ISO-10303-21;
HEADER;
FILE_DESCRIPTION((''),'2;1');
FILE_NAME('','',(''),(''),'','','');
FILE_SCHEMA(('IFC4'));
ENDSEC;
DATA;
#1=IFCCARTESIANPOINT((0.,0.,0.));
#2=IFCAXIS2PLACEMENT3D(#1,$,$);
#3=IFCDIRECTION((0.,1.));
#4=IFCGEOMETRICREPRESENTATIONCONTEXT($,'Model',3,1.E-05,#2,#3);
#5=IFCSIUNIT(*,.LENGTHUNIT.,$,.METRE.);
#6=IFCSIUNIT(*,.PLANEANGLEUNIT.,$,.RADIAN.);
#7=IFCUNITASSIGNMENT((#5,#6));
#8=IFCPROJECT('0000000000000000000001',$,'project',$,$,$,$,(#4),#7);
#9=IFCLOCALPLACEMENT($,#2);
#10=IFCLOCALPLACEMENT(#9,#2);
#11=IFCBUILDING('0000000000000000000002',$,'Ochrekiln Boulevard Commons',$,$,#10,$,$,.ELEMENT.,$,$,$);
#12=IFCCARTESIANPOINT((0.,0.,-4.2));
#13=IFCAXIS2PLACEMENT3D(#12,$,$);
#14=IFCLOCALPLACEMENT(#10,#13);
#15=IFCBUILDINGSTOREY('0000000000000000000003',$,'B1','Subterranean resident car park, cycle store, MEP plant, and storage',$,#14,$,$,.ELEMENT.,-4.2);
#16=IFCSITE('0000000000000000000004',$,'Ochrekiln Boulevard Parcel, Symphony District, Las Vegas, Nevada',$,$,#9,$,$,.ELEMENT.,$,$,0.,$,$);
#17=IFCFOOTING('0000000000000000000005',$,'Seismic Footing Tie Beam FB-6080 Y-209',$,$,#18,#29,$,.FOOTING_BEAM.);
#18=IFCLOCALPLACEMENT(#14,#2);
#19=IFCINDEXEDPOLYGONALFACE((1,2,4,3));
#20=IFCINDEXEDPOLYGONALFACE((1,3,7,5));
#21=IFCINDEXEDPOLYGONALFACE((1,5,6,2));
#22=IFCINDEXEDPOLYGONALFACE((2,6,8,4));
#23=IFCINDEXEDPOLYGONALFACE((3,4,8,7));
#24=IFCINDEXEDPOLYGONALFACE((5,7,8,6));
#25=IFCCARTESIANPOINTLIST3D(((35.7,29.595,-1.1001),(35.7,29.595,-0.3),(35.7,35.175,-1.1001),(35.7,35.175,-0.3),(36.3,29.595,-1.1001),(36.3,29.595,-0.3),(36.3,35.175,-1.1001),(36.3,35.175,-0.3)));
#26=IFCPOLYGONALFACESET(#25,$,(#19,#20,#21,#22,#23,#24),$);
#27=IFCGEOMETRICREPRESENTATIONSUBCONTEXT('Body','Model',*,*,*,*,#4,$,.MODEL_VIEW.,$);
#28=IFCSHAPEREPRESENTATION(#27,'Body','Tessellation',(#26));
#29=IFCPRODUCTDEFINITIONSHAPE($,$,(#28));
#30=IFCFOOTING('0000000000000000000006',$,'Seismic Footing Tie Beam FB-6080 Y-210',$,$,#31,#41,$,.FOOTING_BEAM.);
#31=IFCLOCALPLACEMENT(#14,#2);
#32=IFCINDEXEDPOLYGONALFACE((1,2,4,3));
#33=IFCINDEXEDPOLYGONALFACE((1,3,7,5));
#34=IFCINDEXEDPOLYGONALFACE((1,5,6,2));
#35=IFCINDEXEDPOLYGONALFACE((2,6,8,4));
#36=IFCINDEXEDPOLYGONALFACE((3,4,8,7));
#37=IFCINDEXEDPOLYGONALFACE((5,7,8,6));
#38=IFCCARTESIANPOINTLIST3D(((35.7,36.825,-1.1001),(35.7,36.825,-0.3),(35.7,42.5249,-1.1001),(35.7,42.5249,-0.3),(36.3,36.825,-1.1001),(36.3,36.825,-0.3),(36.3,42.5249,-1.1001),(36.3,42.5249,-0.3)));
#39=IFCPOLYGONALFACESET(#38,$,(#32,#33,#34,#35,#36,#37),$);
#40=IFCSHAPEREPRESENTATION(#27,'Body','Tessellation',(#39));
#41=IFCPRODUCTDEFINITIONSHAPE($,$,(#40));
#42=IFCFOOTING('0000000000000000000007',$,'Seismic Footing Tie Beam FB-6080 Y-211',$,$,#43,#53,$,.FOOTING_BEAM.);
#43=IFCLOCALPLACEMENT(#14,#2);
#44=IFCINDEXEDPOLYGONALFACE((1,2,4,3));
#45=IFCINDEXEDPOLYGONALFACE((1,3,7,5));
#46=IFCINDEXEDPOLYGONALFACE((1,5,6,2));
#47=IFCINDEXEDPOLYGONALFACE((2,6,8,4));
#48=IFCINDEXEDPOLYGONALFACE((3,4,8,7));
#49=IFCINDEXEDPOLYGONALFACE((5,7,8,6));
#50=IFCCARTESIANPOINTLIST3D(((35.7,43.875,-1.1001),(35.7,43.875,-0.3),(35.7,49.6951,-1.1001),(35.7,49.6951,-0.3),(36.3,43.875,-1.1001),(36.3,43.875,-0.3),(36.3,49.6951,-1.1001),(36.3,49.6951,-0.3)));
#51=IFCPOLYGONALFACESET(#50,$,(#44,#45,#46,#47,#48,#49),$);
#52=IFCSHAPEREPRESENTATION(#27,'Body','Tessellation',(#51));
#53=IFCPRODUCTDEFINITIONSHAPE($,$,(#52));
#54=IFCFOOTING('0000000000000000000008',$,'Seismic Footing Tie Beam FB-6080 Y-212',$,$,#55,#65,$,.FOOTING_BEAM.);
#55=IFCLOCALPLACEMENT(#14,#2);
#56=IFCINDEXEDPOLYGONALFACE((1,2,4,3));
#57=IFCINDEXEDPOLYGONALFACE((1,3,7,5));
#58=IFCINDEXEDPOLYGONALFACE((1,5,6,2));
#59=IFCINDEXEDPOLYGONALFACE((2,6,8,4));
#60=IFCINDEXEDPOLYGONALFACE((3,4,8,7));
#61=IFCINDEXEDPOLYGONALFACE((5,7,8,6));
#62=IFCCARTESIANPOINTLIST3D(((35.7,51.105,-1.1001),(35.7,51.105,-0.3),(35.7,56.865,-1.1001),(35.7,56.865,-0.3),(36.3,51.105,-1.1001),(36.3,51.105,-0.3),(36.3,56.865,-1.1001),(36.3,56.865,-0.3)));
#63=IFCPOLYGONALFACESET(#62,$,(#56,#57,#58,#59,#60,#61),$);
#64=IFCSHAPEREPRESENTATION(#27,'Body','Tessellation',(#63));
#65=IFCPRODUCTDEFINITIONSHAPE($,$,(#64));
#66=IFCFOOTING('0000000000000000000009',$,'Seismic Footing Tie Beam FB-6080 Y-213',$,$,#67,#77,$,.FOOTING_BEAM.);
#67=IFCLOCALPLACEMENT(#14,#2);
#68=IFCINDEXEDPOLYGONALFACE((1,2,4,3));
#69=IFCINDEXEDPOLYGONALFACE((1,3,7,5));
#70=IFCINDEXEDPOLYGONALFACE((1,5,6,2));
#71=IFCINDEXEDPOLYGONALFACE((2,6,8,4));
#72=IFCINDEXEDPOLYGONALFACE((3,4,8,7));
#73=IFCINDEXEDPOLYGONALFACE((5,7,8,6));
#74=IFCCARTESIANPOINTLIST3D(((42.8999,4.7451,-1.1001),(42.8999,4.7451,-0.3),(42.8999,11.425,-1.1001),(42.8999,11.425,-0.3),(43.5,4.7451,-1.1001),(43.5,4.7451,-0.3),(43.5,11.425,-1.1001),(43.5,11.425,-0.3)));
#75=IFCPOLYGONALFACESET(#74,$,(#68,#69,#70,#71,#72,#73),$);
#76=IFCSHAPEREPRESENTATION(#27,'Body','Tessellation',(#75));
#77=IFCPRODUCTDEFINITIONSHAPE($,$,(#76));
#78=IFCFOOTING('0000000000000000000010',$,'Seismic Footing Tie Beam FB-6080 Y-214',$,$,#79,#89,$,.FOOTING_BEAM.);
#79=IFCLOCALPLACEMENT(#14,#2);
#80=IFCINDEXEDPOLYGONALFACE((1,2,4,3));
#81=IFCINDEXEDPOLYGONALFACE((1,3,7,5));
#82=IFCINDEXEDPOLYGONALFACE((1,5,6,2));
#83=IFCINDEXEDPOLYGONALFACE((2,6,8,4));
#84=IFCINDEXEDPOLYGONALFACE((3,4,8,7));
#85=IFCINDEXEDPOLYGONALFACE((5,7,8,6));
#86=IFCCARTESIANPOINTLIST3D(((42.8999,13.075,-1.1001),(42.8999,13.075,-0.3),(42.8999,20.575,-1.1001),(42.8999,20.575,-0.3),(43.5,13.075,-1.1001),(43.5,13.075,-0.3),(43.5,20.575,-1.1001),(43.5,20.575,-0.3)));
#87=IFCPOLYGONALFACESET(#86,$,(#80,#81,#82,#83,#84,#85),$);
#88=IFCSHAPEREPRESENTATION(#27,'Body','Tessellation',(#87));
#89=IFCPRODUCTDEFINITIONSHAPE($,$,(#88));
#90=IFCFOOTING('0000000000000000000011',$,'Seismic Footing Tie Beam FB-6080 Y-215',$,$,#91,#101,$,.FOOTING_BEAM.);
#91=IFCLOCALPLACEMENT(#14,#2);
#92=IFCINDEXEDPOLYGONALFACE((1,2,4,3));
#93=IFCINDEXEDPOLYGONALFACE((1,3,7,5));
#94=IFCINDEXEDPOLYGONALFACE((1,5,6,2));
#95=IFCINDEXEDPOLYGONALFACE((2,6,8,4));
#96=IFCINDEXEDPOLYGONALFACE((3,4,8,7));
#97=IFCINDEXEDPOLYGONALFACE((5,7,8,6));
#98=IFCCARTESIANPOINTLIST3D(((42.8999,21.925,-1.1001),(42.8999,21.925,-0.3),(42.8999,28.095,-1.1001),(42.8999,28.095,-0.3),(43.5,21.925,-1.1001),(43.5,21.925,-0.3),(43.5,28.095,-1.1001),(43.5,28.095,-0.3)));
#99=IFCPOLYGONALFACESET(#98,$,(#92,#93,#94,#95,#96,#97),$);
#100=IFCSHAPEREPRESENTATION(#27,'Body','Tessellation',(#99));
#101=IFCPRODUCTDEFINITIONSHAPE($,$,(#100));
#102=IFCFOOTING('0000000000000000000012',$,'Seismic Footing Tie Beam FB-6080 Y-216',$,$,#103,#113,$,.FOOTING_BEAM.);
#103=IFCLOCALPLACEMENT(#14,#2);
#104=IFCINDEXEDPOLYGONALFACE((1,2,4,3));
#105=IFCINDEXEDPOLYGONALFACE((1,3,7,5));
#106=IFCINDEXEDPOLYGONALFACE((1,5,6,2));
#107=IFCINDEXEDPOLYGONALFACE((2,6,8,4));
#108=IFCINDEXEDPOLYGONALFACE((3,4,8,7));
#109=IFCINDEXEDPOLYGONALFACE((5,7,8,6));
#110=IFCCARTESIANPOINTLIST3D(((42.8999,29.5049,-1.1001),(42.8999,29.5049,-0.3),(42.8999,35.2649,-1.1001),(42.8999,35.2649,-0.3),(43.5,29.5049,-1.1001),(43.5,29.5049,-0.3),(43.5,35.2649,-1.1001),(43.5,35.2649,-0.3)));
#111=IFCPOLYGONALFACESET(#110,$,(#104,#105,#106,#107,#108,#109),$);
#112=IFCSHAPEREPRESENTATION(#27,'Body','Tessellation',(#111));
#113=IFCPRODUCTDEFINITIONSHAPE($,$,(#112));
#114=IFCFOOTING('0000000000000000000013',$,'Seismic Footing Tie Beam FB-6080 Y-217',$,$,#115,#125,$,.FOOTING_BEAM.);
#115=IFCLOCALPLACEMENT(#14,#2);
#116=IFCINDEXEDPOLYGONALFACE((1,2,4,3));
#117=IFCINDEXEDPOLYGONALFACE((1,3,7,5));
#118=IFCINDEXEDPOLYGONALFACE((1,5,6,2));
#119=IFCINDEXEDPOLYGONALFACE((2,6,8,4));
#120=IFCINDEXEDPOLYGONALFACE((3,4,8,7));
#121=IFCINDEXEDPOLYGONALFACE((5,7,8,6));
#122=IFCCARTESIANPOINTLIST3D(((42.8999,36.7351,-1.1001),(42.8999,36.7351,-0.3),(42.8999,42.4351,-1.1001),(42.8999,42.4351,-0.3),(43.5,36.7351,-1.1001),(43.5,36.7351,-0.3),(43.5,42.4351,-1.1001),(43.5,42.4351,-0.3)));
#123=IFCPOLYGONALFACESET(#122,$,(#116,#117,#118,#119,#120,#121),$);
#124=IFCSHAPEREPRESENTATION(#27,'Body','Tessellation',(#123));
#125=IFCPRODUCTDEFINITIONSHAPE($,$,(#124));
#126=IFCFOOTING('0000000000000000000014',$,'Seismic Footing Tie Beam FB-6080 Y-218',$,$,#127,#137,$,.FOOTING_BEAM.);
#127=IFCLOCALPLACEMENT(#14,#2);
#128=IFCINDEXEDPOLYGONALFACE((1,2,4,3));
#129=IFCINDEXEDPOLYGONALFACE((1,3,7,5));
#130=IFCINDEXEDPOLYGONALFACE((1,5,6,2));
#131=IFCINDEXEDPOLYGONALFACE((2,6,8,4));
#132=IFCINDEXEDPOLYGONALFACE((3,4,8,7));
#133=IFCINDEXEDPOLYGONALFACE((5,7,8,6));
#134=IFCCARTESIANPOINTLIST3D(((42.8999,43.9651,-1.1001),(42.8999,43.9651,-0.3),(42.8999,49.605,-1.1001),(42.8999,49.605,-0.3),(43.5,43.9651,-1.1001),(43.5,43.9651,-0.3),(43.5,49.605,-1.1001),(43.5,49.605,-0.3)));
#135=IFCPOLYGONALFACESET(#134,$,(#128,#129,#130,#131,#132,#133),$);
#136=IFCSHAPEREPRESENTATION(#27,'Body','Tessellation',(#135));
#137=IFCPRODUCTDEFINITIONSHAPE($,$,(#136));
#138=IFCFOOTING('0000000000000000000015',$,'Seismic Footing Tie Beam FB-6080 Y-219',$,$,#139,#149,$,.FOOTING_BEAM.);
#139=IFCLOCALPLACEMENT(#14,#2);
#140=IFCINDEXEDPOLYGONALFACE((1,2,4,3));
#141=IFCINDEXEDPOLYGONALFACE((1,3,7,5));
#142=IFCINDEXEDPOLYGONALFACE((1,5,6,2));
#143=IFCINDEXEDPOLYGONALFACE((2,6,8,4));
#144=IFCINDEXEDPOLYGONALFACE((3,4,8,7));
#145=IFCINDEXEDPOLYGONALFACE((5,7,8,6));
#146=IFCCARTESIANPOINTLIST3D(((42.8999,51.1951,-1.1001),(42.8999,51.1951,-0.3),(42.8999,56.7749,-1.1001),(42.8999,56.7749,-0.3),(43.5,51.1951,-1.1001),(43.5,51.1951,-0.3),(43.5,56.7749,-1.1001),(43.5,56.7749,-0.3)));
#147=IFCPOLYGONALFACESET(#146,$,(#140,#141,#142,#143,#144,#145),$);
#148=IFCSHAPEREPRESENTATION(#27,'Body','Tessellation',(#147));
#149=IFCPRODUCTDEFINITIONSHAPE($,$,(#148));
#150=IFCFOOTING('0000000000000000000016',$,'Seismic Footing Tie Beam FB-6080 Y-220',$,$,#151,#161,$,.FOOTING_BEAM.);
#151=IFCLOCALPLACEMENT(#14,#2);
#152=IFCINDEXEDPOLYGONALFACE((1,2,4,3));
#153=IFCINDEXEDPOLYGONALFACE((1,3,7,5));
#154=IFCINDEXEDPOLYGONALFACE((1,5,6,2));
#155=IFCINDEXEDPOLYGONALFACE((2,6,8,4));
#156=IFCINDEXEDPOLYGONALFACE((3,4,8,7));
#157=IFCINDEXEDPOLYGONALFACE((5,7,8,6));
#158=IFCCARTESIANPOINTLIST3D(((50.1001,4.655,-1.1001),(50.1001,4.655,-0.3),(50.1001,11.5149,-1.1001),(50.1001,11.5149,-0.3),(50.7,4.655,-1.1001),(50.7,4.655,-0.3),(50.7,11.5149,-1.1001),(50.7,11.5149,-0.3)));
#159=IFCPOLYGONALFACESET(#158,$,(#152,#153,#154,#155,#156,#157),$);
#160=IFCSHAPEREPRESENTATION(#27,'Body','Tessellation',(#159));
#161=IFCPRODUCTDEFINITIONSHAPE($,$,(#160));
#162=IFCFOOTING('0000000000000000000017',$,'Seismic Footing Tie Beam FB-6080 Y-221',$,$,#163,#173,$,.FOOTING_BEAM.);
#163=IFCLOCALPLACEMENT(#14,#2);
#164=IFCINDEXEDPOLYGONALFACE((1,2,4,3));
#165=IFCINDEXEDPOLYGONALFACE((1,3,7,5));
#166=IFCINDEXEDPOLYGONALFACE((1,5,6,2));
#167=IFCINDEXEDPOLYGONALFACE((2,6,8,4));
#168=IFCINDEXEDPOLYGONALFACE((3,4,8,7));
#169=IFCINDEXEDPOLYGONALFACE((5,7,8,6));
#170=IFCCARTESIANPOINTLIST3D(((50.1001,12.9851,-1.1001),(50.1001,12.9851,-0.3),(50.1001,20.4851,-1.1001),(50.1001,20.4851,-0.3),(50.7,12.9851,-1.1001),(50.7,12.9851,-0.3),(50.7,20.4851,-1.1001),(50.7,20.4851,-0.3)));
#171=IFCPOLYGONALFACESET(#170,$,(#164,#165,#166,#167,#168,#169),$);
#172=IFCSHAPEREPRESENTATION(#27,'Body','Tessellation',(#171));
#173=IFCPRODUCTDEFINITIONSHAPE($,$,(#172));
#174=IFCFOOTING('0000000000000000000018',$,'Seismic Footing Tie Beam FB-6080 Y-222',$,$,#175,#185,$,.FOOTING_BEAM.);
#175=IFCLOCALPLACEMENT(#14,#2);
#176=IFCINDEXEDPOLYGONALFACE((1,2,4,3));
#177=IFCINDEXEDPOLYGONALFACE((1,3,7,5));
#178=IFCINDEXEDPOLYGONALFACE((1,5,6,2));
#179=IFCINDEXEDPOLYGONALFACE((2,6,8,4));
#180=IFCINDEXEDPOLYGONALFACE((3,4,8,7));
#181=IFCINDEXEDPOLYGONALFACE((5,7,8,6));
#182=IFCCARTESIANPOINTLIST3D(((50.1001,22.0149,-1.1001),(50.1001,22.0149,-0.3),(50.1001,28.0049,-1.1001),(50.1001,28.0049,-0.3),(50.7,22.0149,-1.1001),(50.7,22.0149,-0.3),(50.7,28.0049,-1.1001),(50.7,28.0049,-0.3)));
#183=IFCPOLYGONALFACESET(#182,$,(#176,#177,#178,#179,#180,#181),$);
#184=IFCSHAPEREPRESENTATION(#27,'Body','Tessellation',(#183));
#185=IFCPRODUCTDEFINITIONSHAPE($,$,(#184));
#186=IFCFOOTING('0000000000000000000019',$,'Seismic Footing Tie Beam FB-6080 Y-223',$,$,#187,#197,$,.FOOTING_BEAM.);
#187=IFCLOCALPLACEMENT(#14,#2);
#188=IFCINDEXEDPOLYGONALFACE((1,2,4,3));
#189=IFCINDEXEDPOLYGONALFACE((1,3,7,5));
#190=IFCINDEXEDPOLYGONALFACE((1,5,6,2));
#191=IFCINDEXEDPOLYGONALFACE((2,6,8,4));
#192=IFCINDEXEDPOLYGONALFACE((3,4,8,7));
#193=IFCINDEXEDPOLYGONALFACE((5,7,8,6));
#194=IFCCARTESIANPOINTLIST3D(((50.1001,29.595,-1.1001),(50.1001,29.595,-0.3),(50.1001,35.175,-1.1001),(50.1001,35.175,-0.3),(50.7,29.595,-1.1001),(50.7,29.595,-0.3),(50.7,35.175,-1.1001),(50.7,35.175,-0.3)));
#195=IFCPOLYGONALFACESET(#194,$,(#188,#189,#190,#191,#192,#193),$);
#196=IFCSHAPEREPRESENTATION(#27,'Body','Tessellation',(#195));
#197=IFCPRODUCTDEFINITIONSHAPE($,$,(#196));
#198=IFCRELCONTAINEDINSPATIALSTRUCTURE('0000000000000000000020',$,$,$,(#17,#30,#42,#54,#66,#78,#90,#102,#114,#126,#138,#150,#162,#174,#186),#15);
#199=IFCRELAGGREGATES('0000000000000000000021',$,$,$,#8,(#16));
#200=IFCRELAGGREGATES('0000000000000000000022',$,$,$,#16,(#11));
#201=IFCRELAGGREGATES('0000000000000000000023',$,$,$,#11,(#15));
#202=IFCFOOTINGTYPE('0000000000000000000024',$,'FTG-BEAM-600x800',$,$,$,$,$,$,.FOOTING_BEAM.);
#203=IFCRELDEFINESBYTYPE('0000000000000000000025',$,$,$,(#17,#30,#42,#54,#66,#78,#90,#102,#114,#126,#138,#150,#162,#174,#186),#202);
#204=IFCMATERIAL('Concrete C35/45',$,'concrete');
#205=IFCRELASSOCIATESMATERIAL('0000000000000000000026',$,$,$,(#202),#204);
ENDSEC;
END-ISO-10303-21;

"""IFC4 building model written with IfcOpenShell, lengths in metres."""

from ifc_helpers import new_model, si_unit, direction, frame, origin, place, context, subcontext, project, spatial, polyline, outline, extrude, material, type_object, element, save


model = new_model("IFC4")

# Units and contexts
model_context = context("Model", 3, precision=1e-05, world=origin(), true_north=direction((0.0, 1.0)))
body_context = subcontext(model_context, "Body", "Model", "MODEL_VIEW")
ifc_project = project(units=[si_unit("LENGTHUNIT", "METRE"), si_unit("PLANEANGLEUNIT", "RADIAN")], contexts=[model_context])

# Site, building, storey
site_placement = place(None, origin())
site = spatial("IfcSite", under=ifc_project, at=site_placement, Name="Ochrekiln Boulevard Parcel, Symphony District, Las Vegas, Nevada", CompositionType="ELEMENT", RefElevation=0.0)
building_placement = place(site_placement, origin())
building = spatial("IfcBuilding", under=site, at=building_placement, Name="Ochrekiln Boulevard Commons", CompositionType="ELEMENT")
storey_placement = place(building_placement, frame((0.0, 0.0, -4.2)))
storey = spatial("IfcBuildingStorey", under=building, at=storey_placement, Name="B1", Description="Subterranean resident car park, cycle store, MEP plant, and storage", CompositionType="ELEMENT", Elevation=-4.2)

# Footings
ifc_material = material(Name="Concrete C35/45", Category="concrete")
footing_type = type_object("IfcFootingType", Name="FTG-BEAM-600x800", PredefinedType="FOOTING_BEAM", material=ifc_material)
footing_1_placement = place(storey_placement, frame((0.0, 0.0, -1.1001)))
element("IfcFooting", 1, at=footing_1_placement, inside=storey, type_object=footing_type, Name="Seismic Footing Tie Beam FB-6080 Y-209", PredefinedType="FOOTING_BEAM", context=body_context, shape_type="SweptSolid", body=[
    extrude(outline(polyline([(35.7, 29.595), (36.3, 29.595), (36.3, 35.175), (35.7, 35.175), (35.7, 29.595)])), origin(), (0.0, 0.0, 1.0), 0.8),
])
footing_2_placement = place(storey_placement, frame((0.0, 0.0, -1.1001)))
element("IfcFooting", 2, at=footing_2_placement, inside=storey, type_object=footing_type, Name="Seismic Footing Tie Beam FB-6080 Y-210", PredefinedType="FOOTING_BEAM", context=body_context, shape_type="SweptSolid", body=[
    extrude(outline(polyline([(35.7, 36.825), (36.3, 36.825), (36.3, 42.5249), (35.7, 42.5249), (35.7, 36.825)])), origin(), (0.0, 0.0, 1.0), 0.8),
])
footing_3_placement = place(storey_placement, frame((0.0, 0.0, -1.1001)))
element("IfcFooting", 3, at=footing_3_placement, inside=storey, type_object=footing_type, Name="Seismic Footing Tie Beam FB-6080 Y-211", PredefinedType="FOOTING_BEAM", context=body_context, shape_type="SweptSolid", body=[
    extrude(outline(polyline([(35.7, 43.875), (36.3, 43.875), (36.3, 49.6951), (35.7, 49.6951), (35.7, 43.875)])), origin(), (0.0, 0.0, 1.0), 0.8),
])
footing_4_placement = place(storey_placement, frame((0.0, 0.0, -1.1001)))
element("IfcFooting", 4, at=footing_4_placement, inside=storey, type_object=footing_type, Name="Seismic Footing Tie Beam FB-6080 Y-212", PredefinedType="FOOTING_BEAM", context=body_context, shape_type="SweptSolid", body=[
    extrude(outline(polyline([(35.7, 51.105), (36.3, 51.105), (36.3, 56.865), (35.7, 56.865), (35.7, 51.105)])), origin(), (0.0, 0.0, 1.0), 0.8),
])
footing_5_placement = place(storey_placement, frame((0.0, 0.0, -1.1001)))
element("IfcFooting", 5, at=footing_5_placement, inside=storey, type_object=footing_type, Name="Seismic Footing Tie Beam FB-6080 Y-213", PredefinedType="FOOTING_BEAM", context=body_context, shape_type="SweptSolid", body=[
    extrude(outline(polyline([(42.8999, 4.7451), (43.5, 4.7451), (43.5, 11.425), (42.8999, 11.425), (42.8999, 4.7451)])), origin(), (0.0, 0.0, 1.0), 0.8),
])
footing_6_placement = place(storey_placement, frame((0.0, 0.0, -1.1001)))
element("IfcFooting", 6, at=footing_6_placement, inside=storey, type_object=footing_type, Name="Seismic Footing Tie Beam FB-6080 Y-214", PredefinedType="FOOTING_BEAM", context=body_context, shape_type="SweptSolid", body=[
    extrude(outline(polyline([(42.8999, 13.075), (43.5, 13.075), (43.5, 20.575), (42.8999, 20.575), (42.8999, 13.075)])), origin(), (0.0, 0.0, 1.0), 0.8),
])
footing_7_placement = place(storey_placement, frame((0.0, 0.0, -1.1001)))
element("IfcFooting", 7, at=footing_7_placement, inside=storey, type_object=footing_type, Name="Seismic Footing Tie Beam FB-6080 Y-215", PredefinedType="FOOTING_BEAM", context=body_context, shape_type="SweptSolid", body=[
    extrude(outline(polyline([(42.8999, 21.925), (43.5, 21.925), (43.5, 28.095), (42.8999, 28.095), (42.8999, 21.925)])), origin(), (0.0, 0.0, 1.0), 0.8),
])
footing_8_placement = place(storey_placement, frame((0.0, 0.0, -1.1001)))
element("IfcFooting", 8, at=footing_8_placement, inside=storey, type_object=footing_type, Name="Seismic Footing Tie Beam FB-6080 Y-216", PredefinedType="FOOTING_BEAM", context=body_context, shape_type="SweptSolid", body=[
    extrude(outline(polyline([(42.8999, 29.5049), (43.5, 29.5049), (43.5, 35.2649), (42.8999, 35.2649), (42.8999, 29.5049)])), origin(), (0.0, 0.0, 1.0), 0.8),
])
footing_9_placement = place(storey_placement, frame((0.0, 0.0, -1.1001)))
element("IfcFooting", 9, at=footing_9_placement, inside=storey, type_object=footing_type, Name="Seismic Footing Tie Beam FB-6080 Y-217", PredefinedType="FOOTING_BEAM", context=body_context, shape_type="SweptSolid", body=[
    extrude(outline(polyline([(42.8999, 36.7351), (43.5, 36.7351), (43.5, 42.4351), (42.8999, 42.4351), (42.8999, 36.7351)])), origin(), (0.0, 0.0, 1.0), 0.8),
])
footing_10_placement = place(storey_placement, frame((0.0, 0.0, -1.1001)))
element("IfcFooting", 10, at=footing_10_placement, inside=storey, type_object=footing_type, Name="Seismic Footing Tie Beam FB-6080 Y-218", PredefinedType="FOOTING_BEAM", context=body_context, shape_type="SweptSolid", body=[
    extrude(outline(polyline([(42.8999, 43.9651), (43.5, 43.9651), (43.5, 49.605), (42.8999, 49.605), (42.8999, 43.9651)])), origin(), (0.0, 0.0, 1.0), 0.8),
])
footing_11_placement = place(storey_placement, frame((0.0, 0.0, -1.1001)))
element("IfcFooting", 11, at=footing_11_placement, inside=storey, type_object=footing_type, Name="Seismic Footing Tie Beam FB-6080 Y-219", PredefinedType="FOOTING_BEAM", context=body_context, shape_type="SweptSolid", body=[
    extrude(outline(polyline([(42.8999, 51.1951), (43.5, 51.1951), (43.5, 56.7749), (42.8999, 56.7749), (42.8999, 51.1951)])), origin(), (0.0, 0.0, 1.0), 0.8),
])
footing_12_placement = place(storey_placement, frame((0.0, 0.0, -1.1001)))
element("IfcFooting", 12, at=footing_12_placement, inside=storey, type_object=footing_type, Name="Seismic Footing Tie Beam FB-6080 Y-220", PredefinedType="FOOTING_BEAM", context=body_context, shape_type="SweptSolid", body=[
    extrude(outline(polyline([(50.1001, 4.655), (50.7, 4.655), (50.7, 11.5149), (50.1001, 11.5149), (50.1001, 4.655)])), origin(), (0.0, 0.0, 1.0), 0.8),
])
footing_13_placement = place(storey_placement, frame((0.0, 0.0, -1.1001)))
element("IfcFooting", 13, at=footing_13_placement, inside=storey, type_object=footing_type, Name="Seismic Footing Tie Beam FB-6080 Y-221", PredefinedType="FOOTING_BEAM", context=body_context, shape_type="SweptSolid", body=[
    extrude(outline(polyline([(50.1001, 12.9851), (50.7, 12.9851), (50.7, 20.4851), (50.1001, 20.4851), (50.1001, 12.9851)])), origin(), (0.0, 0.0, 1.0), 0.8),
])
footing_14_placement = place(storey_placement, frame((0.0, 0.0, -1.1001)))
element("IfcFooting", 14, at=footing_14_placement, inside=storey, type_object=footing_type, Name="Seismic Footing Tie Beam FB-6080 Y-222", PredefinedType="FOOTING_BEAM", context=body_context, shape_type="SweptSolid", body=[
    extrude(outline(polyline([(50.1001, 22.0149), (50.7, 22.0149), (50.7, 28.0049), (50.1001, 28.0049), (50.1001, 22.0149)])), origin(), (0.0, 0.0, 1.0), 0.8),
])
footing_15_placement = place(storey_placement, frame((0.0, 0.0, -1.1001)))
element("IfcFooting", 15, at=footing_15_placement, inside=storey, type_object=footing_type, Name="Seismic Footing Tie Beam FB-6080 Y-223", PredefinedType="FOOTING_BEAM", context=body_context, shape_type="SweptSolid", body=[
    extrude(outline(polyline([(50.1001, 29.595), (50.7, 29.595), (50.7, 35.175), (50.1001, 35.175), (50.1001, 29.595)])), origin(), (0.0, 0.0, 1.0), 0.8),
])

save(model, "model.ifc")
